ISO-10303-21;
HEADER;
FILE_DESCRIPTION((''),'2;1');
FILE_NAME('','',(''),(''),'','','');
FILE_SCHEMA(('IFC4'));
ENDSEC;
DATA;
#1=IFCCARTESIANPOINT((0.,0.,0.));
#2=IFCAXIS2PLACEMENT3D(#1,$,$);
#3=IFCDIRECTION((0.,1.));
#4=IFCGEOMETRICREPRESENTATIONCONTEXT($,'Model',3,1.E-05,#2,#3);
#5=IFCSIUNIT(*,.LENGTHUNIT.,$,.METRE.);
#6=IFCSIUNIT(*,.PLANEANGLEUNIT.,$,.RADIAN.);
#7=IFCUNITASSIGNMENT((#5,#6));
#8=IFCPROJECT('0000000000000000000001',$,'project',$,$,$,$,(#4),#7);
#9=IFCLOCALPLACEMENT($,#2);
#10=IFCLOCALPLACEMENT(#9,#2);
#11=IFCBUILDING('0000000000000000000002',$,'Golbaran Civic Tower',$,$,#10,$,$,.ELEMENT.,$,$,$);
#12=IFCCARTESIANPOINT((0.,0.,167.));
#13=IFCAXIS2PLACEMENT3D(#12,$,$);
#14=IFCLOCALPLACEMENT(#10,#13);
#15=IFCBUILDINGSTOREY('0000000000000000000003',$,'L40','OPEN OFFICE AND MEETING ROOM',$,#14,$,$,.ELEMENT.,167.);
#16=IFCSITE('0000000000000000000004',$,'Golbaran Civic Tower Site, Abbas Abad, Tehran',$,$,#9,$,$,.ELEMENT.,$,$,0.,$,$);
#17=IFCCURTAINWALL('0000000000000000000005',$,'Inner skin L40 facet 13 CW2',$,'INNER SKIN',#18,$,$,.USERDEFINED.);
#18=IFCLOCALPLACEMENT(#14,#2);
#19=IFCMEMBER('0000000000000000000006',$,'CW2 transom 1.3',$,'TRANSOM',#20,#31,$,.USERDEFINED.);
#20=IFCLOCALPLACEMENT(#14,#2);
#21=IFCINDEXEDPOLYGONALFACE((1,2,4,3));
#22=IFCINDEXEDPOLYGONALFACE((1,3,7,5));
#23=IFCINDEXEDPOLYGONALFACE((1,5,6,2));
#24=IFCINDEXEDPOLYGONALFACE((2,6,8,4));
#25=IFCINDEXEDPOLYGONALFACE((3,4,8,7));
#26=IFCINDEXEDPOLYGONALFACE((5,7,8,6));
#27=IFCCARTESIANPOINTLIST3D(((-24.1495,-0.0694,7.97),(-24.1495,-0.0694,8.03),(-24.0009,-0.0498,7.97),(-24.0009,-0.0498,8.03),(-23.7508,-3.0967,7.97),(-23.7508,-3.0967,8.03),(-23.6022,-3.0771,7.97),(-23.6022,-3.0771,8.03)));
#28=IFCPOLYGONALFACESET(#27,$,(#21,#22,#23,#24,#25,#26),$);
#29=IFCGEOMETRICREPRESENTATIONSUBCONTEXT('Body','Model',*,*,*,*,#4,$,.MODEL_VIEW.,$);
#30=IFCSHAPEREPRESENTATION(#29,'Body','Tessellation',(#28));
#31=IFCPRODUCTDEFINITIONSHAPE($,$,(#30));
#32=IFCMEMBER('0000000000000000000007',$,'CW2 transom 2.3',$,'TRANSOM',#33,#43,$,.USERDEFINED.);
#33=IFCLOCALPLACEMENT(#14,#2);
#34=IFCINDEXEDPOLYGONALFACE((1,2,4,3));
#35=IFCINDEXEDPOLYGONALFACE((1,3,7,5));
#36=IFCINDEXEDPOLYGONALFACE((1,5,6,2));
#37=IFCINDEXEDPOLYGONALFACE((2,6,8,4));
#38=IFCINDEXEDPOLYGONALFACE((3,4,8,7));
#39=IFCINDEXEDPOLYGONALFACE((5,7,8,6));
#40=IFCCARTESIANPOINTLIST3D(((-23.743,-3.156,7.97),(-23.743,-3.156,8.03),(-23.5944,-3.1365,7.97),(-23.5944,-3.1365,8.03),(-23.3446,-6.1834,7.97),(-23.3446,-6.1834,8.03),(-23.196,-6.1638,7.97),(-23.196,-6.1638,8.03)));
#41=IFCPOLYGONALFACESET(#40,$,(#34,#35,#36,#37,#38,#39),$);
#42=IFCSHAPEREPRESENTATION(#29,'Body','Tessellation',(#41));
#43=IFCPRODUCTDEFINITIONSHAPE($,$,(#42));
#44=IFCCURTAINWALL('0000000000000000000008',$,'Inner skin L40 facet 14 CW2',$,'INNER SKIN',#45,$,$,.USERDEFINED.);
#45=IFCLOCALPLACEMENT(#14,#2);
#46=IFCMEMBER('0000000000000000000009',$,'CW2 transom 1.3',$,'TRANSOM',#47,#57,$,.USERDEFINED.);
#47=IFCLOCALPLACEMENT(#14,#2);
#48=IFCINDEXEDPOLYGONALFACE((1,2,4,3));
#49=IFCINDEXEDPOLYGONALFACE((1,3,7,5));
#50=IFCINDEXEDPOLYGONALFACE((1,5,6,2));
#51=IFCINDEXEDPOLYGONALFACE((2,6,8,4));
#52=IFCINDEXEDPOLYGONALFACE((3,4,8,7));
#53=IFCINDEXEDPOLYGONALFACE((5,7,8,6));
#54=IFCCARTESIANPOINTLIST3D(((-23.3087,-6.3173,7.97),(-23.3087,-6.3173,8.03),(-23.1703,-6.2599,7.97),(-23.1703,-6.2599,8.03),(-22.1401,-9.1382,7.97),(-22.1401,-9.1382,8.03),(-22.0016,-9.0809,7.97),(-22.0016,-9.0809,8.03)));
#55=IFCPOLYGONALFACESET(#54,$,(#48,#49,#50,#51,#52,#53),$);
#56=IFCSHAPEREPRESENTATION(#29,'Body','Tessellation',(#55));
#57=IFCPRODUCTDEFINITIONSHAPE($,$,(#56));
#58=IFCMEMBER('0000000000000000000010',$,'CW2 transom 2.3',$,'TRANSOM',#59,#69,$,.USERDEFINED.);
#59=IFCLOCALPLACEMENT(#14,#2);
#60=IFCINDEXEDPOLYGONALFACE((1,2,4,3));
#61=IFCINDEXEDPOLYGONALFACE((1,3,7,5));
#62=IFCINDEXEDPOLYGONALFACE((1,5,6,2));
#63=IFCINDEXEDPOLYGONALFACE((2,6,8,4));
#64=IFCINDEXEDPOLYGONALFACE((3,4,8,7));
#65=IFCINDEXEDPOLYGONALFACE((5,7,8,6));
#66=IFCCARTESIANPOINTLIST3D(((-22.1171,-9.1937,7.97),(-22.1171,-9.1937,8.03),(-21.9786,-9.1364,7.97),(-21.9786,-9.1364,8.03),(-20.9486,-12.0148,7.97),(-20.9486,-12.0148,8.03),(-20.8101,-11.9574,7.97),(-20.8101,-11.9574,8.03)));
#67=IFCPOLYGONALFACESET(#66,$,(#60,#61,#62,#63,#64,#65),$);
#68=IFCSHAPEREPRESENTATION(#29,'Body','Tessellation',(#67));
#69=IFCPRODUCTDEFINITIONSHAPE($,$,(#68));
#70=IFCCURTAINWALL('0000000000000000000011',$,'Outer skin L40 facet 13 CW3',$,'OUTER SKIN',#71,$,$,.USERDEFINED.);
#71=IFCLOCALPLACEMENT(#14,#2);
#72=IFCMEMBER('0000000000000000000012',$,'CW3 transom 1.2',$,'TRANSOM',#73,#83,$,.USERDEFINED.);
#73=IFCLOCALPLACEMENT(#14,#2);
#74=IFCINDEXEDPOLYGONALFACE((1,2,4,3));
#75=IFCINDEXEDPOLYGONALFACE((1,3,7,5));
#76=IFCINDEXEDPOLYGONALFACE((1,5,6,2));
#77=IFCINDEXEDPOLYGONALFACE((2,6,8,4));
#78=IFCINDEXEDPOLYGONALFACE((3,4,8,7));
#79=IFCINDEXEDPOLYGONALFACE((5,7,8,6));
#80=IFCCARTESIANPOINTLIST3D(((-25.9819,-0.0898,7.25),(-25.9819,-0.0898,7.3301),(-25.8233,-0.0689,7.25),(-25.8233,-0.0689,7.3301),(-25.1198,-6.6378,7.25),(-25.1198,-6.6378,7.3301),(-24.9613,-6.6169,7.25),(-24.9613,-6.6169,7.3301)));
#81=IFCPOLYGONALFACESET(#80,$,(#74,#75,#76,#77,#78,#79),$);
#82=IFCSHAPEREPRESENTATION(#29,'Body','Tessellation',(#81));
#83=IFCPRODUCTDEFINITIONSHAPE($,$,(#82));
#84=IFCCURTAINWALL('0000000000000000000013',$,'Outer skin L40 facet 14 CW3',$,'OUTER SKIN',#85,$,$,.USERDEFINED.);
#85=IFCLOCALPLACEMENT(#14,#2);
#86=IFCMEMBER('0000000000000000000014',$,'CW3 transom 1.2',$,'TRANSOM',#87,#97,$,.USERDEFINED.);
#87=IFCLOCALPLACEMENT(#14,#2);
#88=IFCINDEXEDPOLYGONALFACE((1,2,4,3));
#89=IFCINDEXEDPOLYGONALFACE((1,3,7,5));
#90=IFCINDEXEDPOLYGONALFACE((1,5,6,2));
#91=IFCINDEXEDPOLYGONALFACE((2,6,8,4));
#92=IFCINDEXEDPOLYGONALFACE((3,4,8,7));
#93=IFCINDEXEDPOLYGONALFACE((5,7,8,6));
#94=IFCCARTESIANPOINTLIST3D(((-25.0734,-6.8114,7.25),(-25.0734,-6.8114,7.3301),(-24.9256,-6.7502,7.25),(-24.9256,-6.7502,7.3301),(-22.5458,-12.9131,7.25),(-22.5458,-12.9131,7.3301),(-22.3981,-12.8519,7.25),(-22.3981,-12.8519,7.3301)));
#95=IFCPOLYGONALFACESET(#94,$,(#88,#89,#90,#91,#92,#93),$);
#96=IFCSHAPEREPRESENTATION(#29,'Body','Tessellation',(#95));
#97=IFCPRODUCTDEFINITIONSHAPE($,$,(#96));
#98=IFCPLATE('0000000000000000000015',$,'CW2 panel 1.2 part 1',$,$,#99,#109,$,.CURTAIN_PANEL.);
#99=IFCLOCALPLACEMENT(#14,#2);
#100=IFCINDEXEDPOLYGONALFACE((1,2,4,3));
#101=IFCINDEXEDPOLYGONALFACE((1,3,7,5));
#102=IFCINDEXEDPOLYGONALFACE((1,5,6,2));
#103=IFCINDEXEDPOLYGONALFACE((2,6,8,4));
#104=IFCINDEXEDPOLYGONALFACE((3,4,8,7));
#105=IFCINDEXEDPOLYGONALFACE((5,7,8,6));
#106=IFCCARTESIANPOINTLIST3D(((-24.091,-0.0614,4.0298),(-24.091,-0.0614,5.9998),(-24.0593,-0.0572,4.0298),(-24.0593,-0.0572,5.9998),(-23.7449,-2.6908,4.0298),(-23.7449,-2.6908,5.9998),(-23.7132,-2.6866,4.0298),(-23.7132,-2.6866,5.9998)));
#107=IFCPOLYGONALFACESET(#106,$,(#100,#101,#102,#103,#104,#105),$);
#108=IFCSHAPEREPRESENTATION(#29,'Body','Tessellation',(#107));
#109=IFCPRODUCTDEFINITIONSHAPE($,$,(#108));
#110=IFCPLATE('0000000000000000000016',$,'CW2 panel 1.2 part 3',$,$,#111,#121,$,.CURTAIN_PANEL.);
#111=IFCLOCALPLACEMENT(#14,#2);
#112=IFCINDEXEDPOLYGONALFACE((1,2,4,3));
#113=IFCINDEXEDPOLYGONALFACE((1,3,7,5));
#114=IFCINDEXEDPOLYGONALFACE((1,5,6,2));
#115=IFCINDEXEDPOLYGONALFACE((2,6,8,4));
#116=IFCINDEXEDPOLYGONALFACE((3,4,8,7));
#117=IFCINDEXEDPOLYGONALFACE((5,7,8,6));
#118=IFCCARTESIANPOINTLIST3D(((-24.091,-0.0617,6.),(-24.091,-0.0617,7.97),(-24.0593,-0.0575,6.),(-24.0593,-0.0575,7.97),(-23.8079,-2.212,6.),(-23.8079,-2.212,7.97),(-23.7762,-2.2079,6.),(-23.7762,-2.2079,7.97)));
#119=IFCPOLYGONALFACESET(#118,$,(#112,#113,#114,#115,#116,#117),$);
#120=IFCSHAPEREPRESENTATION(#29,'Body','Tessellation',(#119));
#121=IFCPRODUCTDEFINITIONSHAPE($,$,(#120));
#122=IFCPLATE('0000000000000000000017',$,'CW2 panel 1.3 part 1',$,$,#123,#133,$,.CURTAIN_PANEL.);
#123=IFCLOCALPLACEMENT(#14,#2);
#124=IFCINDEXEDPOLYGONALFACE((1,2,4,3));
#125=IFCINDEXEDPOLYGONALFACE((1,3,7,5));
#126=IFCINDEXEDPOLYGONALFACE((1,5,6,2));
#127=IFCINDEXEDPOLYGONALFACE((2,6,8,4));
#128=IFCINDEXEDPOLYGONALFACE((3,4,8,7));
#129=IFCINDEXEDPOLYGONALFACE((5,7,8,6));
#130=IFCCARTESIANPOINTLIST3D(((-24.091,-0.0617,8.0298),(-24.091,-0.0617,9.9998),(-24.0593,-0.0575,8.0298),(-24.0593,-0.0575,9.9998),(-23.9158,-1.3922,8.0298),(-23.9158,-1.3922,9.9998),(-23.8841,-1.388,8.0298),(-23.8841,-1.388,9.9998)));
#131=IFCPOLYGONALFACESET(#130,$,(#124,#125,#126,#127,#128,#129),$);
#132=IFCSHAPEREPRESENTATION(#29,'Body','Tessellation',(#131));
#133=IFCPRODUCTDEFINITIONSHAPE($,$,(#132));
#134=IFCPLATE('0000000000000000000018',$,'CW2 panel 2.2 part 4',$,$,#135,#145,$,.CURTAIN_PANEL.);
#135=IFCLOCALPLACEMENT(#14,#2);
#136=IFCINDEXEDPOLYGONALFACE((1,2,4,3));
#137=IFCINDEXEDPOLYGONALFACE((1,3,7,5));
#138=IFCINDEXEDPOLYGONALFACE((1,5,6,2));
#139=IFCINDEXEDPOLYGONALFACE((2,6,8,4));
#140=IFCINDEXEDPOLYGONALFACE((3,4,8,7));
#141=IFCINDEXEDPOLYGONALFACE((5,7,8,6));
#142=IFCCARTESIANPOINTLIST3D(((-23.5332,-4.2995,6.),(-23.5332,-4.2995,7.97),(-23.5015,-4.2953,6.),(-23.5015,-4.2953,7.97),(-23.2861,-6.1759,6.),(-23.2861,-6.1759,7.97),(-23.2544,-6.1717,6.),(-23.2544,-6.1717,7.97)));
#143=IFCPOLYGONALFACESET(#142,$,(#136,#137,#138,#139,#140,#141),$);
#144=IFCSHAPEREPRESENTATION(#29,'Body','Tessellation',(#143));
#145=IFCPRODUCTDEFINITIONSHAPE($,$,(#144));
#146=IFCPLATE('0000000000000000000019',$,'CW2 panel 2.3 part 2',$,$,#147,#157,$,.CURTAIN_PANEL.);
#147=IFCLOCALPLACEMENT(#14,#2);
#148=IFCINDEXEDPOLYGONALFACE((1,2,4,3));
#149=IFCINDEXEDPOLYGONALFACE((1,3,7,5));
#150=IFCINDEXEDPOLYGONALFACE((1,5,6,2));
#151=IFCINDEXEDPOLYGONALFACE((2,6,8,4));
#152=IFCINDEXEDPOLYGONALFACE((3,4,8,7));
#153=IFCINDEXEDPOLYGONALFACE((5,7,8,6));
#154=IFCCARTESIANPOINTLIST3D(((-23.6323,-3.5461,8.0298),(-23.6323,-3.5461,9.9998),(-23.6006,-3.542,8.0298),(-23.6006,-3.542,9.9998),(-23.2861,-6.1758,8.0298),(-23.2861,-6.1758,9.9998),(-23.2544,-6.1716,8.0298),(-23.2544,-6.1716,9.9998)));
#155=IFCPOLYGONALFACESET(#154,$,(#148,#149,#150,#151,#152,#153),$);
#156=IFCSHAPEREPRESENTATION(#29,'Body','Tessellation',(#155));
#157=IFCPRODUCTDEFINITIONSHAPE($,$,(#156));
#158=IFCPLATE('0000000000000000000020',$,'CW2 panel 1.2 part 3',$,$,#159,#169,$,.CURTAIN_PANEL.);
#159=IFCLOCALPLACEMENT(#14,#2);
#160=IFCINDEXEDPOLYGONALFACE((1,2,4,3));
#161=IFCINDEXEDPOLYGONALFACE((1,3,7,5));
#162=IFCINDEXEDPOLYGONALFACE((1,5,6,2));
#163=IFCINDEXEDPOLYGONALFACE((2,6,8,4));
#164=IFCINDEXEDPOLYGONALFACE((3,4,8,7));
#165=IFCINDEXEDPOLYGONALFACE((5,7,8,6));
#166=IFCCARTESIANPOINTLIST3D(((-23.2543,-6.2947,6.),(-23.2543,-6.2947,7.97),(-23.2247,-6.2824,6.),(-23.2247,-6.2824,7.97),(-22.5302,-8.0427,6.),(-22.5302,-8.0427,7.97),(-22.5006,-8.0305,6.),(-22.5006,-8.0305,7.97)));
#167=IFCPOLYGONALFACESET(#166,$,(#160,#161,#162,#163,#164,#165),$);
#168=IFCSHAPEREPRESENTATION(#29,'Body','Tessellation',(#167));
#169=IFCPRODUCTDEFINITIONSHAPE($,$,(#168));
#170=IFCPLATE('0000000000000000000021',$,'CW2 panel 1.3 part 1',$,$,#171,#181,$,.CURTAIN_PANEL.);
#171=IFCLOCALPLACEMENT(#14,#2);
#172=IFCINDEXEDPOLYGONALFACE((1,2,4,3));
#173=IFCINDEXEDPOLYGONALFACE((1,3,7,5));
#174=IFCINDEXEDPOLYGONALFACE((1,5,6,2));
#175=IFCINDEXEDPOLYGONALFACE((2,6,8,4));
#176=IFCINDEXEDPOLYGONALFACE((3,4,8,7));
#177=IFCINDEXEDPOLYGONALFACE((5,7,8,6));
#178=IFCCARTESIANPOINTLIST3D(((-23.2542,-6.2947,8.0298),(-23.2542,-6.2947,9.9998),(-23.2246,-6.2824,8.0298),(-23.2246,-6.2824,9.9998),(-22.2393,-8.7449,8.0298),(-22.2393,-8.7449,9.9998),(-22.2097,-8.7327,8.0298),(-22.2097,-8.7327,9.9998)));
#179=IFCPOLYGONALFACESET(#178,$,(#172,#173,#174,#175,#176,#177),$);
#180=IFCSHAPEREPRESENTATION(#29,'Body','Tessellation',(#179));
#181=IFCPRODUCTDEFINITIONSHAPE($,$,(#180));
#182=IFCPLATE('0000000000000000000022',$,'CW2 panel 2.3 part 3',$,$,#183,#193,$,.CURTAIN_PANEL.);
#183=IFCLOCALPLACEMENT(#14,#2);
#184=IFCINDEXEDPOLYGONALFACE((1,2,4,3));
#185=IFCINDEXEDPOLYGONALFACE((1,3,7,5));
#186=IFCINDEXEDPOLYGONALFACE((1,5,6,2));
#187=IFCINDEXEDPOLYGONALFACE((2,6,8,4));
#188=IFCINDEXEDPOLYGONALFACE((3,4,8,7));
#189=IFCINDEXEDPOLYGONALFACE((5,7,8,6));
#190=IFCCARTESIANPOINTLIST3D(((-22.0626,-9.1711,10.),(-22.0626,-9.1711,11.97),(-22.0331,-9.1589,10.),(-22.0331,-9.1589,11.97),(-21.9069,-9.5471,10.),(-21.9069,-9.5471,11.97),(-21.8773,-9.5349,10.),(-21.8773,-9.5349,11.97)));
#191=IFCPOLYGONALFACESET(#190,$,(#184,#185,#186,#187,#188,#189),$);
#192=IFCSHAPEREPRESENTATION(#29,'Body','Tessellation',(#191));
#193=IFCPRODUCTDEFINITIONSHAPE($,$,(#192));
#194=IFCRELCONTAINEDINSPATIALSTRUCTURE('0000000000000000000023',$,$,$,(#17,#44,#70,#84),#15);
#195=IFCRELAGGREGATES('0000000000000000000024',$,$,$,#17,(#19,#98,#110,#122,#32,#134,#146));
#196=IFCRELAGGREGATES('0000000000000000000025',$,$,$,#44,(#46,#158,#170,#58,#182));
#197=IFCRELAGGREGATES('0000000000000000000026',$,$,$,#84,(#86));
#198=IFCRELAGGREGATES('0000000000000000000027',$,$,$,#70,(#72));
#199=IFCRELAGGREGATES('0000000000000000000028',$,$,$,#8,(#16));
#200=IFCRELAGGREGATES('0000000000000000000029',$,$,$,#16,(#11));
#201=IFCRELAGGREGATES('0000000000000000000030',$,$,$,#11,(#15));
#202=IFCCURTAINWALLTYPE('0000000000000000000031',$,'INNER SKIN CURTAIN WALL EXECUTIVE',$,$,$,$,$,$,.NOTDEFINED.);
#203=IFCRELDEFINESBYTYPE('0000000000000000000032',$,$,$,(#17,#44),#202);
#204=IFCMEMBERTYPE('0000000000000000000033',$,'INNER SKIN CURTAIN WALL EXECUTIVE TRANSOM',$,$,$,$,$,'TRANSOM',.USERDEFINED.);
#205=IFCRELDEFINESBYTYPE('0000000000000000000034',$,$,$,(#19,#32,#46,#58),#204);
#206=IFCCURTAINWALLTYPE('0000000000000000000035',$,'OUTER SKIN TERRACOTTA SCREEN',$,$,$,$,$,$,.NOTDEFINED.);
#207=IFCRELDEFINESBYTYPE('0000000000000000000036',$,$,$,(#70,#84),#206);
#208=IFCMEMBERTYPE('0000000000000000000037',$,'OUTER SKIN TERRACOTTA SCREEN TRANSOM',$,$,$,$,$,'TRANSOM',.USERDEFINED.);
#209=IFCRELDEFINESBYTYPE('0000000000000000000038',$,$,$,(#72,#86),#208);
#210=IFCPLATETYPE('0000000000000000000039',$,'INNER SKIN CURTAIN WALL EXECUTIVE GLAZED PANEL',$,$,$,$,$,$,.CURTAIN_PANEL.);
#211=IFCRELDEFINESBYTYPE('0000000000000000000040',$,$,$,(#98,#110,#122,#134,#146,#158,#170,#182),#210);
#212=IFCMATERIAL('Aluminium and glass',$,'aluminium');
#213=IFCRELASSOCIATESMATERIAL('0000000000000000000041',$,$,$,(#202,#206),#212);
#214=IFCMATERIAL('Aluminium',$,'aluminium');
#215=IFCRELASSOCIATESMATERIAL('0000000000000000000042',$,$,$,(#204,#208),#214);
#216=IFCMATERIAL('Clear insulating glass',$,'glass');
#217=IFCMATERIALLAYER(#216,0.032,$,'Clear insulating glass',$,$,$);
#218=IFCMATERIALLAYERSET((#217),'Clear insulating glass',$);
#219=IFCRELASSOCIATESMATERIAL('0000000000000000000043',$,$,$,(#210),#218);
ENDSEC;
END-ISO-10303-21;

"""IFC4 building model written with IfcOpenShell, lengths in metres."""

from ifc_helpers import new_model, si_unit, direction, frame, origin, origin_2d, place, context, subcontext, project, spatial, rectangle, extrude, material, layer, layer_set, material_profile, profile_set, type_object, element, aggregate, save


model = new_model("IFC4")

# Units and contexts
model_context = context("Model", 3, precision=1e-05, world=origin(), true_north=direction((0.0, 1.0)))
body_context = subcontext(model_context, "Body", "Model", "MODEL_VIEW")
ifc_project = project(units=[si_unit("LENGTHUNIT", "METRE"), si_unit("PLANEANGLEUNIT", "RADIAN")], contexts=[model_context])

# Site, building, storey
site_placement = place(None, origin())
site = spatial("IfcSite", under=ifc_project, at=site_placement, Name="Golbaran Civic Tower Site, Abbas Abad, Tehran", CompositionType="ELEMENT", RefElevation=0.0)
building_placement = place(site_placement, origin())
building = spatial("IfcBuilding", under=site, at=building_placement, Name="Golbaran Civic Tower", CompositionType="ELEMENT")
storey_placement = place(building_placement, frame((0.0, 0.0, 167.0)))
storey = spatial("IfcBuildingStorey", under=building, at=storey_placement, Name="L40", Description="OPEN OFFICE AND MEETING ROOM", CompositionType="ELEMENT", Elevation=167.0)

# Curtain walls, members
ifc_material_1 = material(Name="Aluminium and glass", Category="aluminium")
curtain_wall_type_1 = type_object("IfcCurtainWallType", Name="INNER SKIN CURTAIN WALL EXECUTIVE", PredefinedType="NOTDEFINED", material=ifc_material_1)
curtain_wall_1_placement = place(storey_placement, origin())
curtain_wall_1 = element("IfcCurtainWall", 1, at=curtain_wall_1_placement, inside=storey, type_object=curtain_wall_type_1, Name="Inner skin L40 facet 13 CW2", ObjectType="INNER SKIN", PredefinedType="USERDEFINED")
ifc_material_2 = material(Name="Aluminium", Category="aluminium")
ifc_material_profile_1 = material_profile(ifc_material_2, rectangle(XDim=0.1499, YDim=0.0601, at=origin_2d()), Name="INNER SKIN CURTAIN WALL EXECUTIVE TRANSOM")
ifc_profile_set_1 = profile_set([ifc_material_profile_1], Name="Aluminium")
member_type_1 = type_object("IfcMemberType", Name="INNER SKIN CURTAIN WALL EXECUTIVE TRANSOM", ElementType="TRANSOM", PredefinedType="USERDEFINED", material=ifc_profile_set_1)
member_1_placement = place(storey_placement, frame((-24.0752, -0.0596, 8.0), z_axis=(0.130566, -0.99144, 0.0), x_axis=(0.99144, 0.130566, 0.0)))
member_1 = element("IfcMember", 2, at=member_1_placement, type_object=member_type_1, Name="CW2 transom 1.3", ObjectType="TRANSOM", PredefinedType="USERDEFINED", context=body_context, shape_type="SweptSolid", body=[
    extrude(rectangle(XDim=0.1499, YDim=0.0601, at=origin_2d()), origin(), (0.0, 0.0, 1.0), 3.0535),
])
member_2_placement = place(storey_placement, frame((-23.6687, -3.1462, 8.0), z_axis=(0.130488, -0.99145, 0.0), x_axis=(0.99145, 0.130488, 0.0)))
member_2 = element("IfcMember", 3, at=member_2_placement, type_object=member_type_1, Name="CW2 transom 2.3", ObjectType="TRANSOM", PredefinedType="USERDEFINED", context=body_context, shape_type="SweptSolid", body=[
    extrude(rectangle(XDim=0.1499, YDim=0.0601, at=origin_2d()), origin(), (0.0, 0.0, 1.0), 3.0535),
])
curtain_wall_2_placement = place(storey_placement, origin())
curtain_wall_2 = element("IfcCurtainWall", 4, at=curtain_wall_2_placement, inside=storey, type_object=curtain_wall_type_1, Name="Inner skin L40 facet 14 CW2", ObjectType="INNER SKIN", PredefinedType="USERDEFINED")
member_3_placement = place(storey_placement, frame((-23.2395, -6.2886, 8.0), z_axis=(0.382735, -0.923858, 0.0), x_axis=(0.923858, 0.382735, 0.0)))
member_3 = element("IfcMember", 5, at=member_3_placement, type_object=member_type_1, Name="CW2 transom 1.3", ObjectType="TRANSOM", PredefinedType="USERDEFINED", context=body_context, shape_type="SweptSolid", body=[
    extrude(rectangle(XDim=0.1499, YDim=0.0601, at=origin_2d()), origin(), (0.0, 0.0, 1.0), 3.0535),
])
member_4_placement = place(storey_placement, frame((-22.0479, -9.165, 8.0), z_axis=(0.382667, -0.923886, 0.0), x_axis=(0.923886, 0.382667, 0.0)))
member_4 = element("IfcMember", 6, at=member_4_placement, type_object=member_type_1, Name="CW2 transom 2.3", ObjectType="TRANSOM", PredefinedType="USERDEFINED", context=body_context, shape_type="SweptSolid", body=[
    extrude(rectangle(XDim=0.1499, YDim=0.0601, at=origin_2d()), origin(), (0.0, 0.0, 1.0), 3.0535),
])

# Curtain walls, members
curtain_wall_type_2 = type_object("IfcCurtainWallType", Name="OUTER SKIN TERRACOTTA SCREEN", PredefinedType="NOTDEFINED", material=ifc_material_1)
curtain_wall_3_placement = place(storey_placement, origin())
curtain_wall_3 = element("IfcCurtainWall", 7, at=curtain_wall_3_placement, inside=storey, type_object=curtain_wall_type_2, Name="Outer skin L40 facet 13 CW3", ObjectType="OUTER SKIN", PredefinedType="USERDEFINED")
ifc_material_profile_2 = material_profile(ifc_material_2, rectangle(XDim=0.1599, YDim=0.0801, at=origin_2d()), Name="OUTER SKIN TERRACOTTA SCREEN TRANSOM")
ifc_profile_set_2 = profile_set([ifc_material_profile_2], Name="Aluminium")
member_type_2 = type_object("IfcMemberType", Name="OUTER SKIN TERRACOTTA SCREEN TRANSOM", ElementType="TRANSOM", PredefinedType="USERDEFINED", material=ifc_profile_set_2)
member_5_placement = place(storey_placement, frame((-25.9026, -0.0793, 7.29), z_axis=(0.130524, -0.991445, 0.0), x_axis=(0.991445, 0.130524, 0.0)))
member_5 = element("IfcMember", 8, at=member_5_placement, type_object=member_type_2, Name="CW3 transom 1.2", ObjectType="TRANSOM", PredefinedType="USERDEFINED", context=body_context, shape_type="SweptSolid", body=[
    extrude(rectangle(XDim=0.1599, YDim=0.0801, at=origin_2d()), origin(), (0.0, 0.0, 1.0), 6.6045),
])
curtain_wall_4_placement = place(storey_placement, origin())
curtain_wall_4 = element("IfcCurtainWall", 9, at=curtain_wall_4_placement, inside=storey, type_object=curtain_wall_type_2, Name="Outer skin L40 facet 14 CW3", ObjectType="OUTER SKIN", PredefinedType="USERDEFINED")
member_6_placement = place(storey_placement, frame((-24.9995, -6.7808, 7.29), z_axis=(0.382701, -0.923872, 0.0), x_axis=(0.923872, 0.382701, 0.0)))
member_6 = element("IfcMember", 10, at=member_6_placement, type_object=member_type_2, Name="CW3 transom 1.2", ObjectType="TRANSOM", PredefinedType="USERDEFINED", context=body_context, shape_type="SweptSolid", body=[
    extrude(rectangle(XDim=0.1599, YDim=0.0801, at=origin_2d()), origin(), (0.0, 0.0, 1.0), 6.6045),
])

# Plates
ifc_material_3 = material(Name="Clear insulating glass", Category="glass")
ifc_layer_1 = layer(ifc_material_3, 0.032, Name="Clear insulating glass")
ifc_layer_set_1 = layer_set([ifc_layer_1], Name="Clear insulating glass")
plate_type_1 = type_object("IfcPlateType", Name="INNER SKIN CURTAIN WALL EXECUTIVE GLAZED PANEL", PredefinedType="CURTAIN_PANEL", material=ifc_layer_set_1)
plate_1_placement = place(storey_placement, frame((-23.9021, -1.374, 4.0298), z_axis=(0.0, 0.0, 1.0), x_axis=(0.130526, -0.991445, 0.0)))
plate_1 = element("IfcPlate", 11, at=plate_1_placement, type_object=plate_type_1, Name="CW2 panel 1.2 part 1", PredefinedType="CURTAIN_PANEL", context=body_context, shape_type="SweptSolid", body=[
    extrude(rectangle(XDim=2.6521, YDim=0.032, at=origin_2d()), origin(), (0.0, 0.0, 1.0), 1.97),
])
plate_2_placement = place(storey_placement, frame((-23.9336, -1.1348, 6.0), z_axis=(0.0, 0.0, 1.0), x_axis=(0.130526, -0.991445, 0.0)))
plate_2 = element("IfcPlate", 12, at=plate_2_placement, type_object=plate_type_1, Name="CW2 panel 1.2 part 3", PredefinedType="CURTAIN_PANEL", context=body_context, shape_type="SweptSolid", body=[
    extrude(rectangle(XDim=2.1689, YDim=0.032, at=origin_2d()), origin(), (0.0, 0.0, 1.0), 1.97),
])
plate_3_placement = place(storey_placement, frame((-23.9875, -0.7249, 8.0298), z_axis=(0.0, 0.0, 1.0), x_axis=(0.130526, -0.991445, 0.0)))
plate_3 = element("IfcPlate", 13, at=plate_3_placement, type_object=plate_type_1, Name="CW2 panel 1.3 part 1", PredefinedType="CURTAIN_PANEL", context=body_context, shape_type="SweptSolid", body=[
    extrude(rectangle(XDim=1.342, YDim=0.032, at=origin_2d()), origin(), (0.0, 0.0, 1.0), 1.97),
])
plate_4_placement = place(storey_placement, frame((-23.3938, -5.2356, 6.0), z_axis=(0.0, 0.0, 1.0), x_axis=(0.130526, -0.991445, 0.0)))
plate_4 = element("IfcPlate", 14, at=plate_4_placement, type_object=plate_type_1, Name="CW2 panel 2.2 part 4", PredefinedType="CURTAIN_PANEL", context=body_context, shape_type="SweptSolid", body=[
    extrude(rectangle(XDim=1.8926, YDim=0.032, at=origin_2d()), origin(), (0.0, 0.0, 1.0), 1.97),
])
plate_5_placement = place(storey_placement, frame((-23.4434, -4.8589, 8.0298), z_axis=(0.0, 0.0, 1.0), x_axis=(0.130526, -0.991445, 0.0)))
plate_5 = element("IfcPlate", 15, at=plate_5_placement, type_object=plate_type_1, Name="CW2 panel 2.3 part 2", PredefinedType="CURTAIN_PANEL", context=body_context, shape_type="SweptSolid", body=[
    extrude(rectangle(XDim=2.6523, YDim=0.032, at=origin_2d()), origin(), (0.0, 0.0, 1.0), 1.97),
])
plate_6_placement = place(storey_placement, frame((-22.8774, -7.1626, 6.0), z_axis=(0.0, 0.0, 1.0), x_axis=(0.382683, -0.92388, 0.0)))
plate_6 = element("IfcPlate", 16, at=plate_6_placement, type_object=plate_type_1, Name="CW2 panel 1.2 part 3", PredefinedType="CURTAIN_PANEL", context=body_context, shape_type="SweptSolid", body=[
    extrude(rectangle(XDim=1.8921, YDim=0.032, at=origin_2d()), origin(), (0.0, 0.0, 1.0), 1.97),
])
plate_7_placement = place(storey_placement, frame((-22.7319, -7.5137, 8.0298), z_axis=(0.0, 0.0, 1.0), x_axis=(0.382683, -0.92388, 0.0)))
plate_7 = element("IfcPlate", 17, at=plate_7_placement, type_object=plate_type_1, Name="CW2 panel 1.3 part 1", PredefinedType="CURTAIN_PANEL", context=body_context, shape_type="SweptSolid", body=[
    extrude(rectangle(XDim=2.6521, YDim=0.032, at=origin_2d()), origin(), (0.0, 0.0, 1.0), 1.97),
])
plate_8_placement = place(storey_placement, frame((-21.97, -9.353, 10.0), z_axis=(0.0, 0.0, 1.0), x_axis=(0.382683, -0.92388, 0.0)))
plate_8 = element("IfcPlate", 18, at=plate_8_placement, type_object=plate_type_1, Name="CW2 panel 2.3 part 3", PredefinedType="CURTAIN_PANEL", context=body_context, shape_type="SweptSolid", body=[
    extrude(rectangle(XDim=0.407, YDim=0.032, at=origin_2d()), origin(), (0.0, 0.0, 1.0), 1.97),
])
aggregate(curtain_wall_1, [member_1, plate_1, plate_2, plate_3, member_2, plate_4, plate_5])
aggregate(curtain_wall_2, [member_3, plate_6, plate_7, member_4, plate_8])
aggregate(curtain_wall_4, [member_6])
aggregate(curtain_wall_3, [member_5])

save(model, "model.ifc")
